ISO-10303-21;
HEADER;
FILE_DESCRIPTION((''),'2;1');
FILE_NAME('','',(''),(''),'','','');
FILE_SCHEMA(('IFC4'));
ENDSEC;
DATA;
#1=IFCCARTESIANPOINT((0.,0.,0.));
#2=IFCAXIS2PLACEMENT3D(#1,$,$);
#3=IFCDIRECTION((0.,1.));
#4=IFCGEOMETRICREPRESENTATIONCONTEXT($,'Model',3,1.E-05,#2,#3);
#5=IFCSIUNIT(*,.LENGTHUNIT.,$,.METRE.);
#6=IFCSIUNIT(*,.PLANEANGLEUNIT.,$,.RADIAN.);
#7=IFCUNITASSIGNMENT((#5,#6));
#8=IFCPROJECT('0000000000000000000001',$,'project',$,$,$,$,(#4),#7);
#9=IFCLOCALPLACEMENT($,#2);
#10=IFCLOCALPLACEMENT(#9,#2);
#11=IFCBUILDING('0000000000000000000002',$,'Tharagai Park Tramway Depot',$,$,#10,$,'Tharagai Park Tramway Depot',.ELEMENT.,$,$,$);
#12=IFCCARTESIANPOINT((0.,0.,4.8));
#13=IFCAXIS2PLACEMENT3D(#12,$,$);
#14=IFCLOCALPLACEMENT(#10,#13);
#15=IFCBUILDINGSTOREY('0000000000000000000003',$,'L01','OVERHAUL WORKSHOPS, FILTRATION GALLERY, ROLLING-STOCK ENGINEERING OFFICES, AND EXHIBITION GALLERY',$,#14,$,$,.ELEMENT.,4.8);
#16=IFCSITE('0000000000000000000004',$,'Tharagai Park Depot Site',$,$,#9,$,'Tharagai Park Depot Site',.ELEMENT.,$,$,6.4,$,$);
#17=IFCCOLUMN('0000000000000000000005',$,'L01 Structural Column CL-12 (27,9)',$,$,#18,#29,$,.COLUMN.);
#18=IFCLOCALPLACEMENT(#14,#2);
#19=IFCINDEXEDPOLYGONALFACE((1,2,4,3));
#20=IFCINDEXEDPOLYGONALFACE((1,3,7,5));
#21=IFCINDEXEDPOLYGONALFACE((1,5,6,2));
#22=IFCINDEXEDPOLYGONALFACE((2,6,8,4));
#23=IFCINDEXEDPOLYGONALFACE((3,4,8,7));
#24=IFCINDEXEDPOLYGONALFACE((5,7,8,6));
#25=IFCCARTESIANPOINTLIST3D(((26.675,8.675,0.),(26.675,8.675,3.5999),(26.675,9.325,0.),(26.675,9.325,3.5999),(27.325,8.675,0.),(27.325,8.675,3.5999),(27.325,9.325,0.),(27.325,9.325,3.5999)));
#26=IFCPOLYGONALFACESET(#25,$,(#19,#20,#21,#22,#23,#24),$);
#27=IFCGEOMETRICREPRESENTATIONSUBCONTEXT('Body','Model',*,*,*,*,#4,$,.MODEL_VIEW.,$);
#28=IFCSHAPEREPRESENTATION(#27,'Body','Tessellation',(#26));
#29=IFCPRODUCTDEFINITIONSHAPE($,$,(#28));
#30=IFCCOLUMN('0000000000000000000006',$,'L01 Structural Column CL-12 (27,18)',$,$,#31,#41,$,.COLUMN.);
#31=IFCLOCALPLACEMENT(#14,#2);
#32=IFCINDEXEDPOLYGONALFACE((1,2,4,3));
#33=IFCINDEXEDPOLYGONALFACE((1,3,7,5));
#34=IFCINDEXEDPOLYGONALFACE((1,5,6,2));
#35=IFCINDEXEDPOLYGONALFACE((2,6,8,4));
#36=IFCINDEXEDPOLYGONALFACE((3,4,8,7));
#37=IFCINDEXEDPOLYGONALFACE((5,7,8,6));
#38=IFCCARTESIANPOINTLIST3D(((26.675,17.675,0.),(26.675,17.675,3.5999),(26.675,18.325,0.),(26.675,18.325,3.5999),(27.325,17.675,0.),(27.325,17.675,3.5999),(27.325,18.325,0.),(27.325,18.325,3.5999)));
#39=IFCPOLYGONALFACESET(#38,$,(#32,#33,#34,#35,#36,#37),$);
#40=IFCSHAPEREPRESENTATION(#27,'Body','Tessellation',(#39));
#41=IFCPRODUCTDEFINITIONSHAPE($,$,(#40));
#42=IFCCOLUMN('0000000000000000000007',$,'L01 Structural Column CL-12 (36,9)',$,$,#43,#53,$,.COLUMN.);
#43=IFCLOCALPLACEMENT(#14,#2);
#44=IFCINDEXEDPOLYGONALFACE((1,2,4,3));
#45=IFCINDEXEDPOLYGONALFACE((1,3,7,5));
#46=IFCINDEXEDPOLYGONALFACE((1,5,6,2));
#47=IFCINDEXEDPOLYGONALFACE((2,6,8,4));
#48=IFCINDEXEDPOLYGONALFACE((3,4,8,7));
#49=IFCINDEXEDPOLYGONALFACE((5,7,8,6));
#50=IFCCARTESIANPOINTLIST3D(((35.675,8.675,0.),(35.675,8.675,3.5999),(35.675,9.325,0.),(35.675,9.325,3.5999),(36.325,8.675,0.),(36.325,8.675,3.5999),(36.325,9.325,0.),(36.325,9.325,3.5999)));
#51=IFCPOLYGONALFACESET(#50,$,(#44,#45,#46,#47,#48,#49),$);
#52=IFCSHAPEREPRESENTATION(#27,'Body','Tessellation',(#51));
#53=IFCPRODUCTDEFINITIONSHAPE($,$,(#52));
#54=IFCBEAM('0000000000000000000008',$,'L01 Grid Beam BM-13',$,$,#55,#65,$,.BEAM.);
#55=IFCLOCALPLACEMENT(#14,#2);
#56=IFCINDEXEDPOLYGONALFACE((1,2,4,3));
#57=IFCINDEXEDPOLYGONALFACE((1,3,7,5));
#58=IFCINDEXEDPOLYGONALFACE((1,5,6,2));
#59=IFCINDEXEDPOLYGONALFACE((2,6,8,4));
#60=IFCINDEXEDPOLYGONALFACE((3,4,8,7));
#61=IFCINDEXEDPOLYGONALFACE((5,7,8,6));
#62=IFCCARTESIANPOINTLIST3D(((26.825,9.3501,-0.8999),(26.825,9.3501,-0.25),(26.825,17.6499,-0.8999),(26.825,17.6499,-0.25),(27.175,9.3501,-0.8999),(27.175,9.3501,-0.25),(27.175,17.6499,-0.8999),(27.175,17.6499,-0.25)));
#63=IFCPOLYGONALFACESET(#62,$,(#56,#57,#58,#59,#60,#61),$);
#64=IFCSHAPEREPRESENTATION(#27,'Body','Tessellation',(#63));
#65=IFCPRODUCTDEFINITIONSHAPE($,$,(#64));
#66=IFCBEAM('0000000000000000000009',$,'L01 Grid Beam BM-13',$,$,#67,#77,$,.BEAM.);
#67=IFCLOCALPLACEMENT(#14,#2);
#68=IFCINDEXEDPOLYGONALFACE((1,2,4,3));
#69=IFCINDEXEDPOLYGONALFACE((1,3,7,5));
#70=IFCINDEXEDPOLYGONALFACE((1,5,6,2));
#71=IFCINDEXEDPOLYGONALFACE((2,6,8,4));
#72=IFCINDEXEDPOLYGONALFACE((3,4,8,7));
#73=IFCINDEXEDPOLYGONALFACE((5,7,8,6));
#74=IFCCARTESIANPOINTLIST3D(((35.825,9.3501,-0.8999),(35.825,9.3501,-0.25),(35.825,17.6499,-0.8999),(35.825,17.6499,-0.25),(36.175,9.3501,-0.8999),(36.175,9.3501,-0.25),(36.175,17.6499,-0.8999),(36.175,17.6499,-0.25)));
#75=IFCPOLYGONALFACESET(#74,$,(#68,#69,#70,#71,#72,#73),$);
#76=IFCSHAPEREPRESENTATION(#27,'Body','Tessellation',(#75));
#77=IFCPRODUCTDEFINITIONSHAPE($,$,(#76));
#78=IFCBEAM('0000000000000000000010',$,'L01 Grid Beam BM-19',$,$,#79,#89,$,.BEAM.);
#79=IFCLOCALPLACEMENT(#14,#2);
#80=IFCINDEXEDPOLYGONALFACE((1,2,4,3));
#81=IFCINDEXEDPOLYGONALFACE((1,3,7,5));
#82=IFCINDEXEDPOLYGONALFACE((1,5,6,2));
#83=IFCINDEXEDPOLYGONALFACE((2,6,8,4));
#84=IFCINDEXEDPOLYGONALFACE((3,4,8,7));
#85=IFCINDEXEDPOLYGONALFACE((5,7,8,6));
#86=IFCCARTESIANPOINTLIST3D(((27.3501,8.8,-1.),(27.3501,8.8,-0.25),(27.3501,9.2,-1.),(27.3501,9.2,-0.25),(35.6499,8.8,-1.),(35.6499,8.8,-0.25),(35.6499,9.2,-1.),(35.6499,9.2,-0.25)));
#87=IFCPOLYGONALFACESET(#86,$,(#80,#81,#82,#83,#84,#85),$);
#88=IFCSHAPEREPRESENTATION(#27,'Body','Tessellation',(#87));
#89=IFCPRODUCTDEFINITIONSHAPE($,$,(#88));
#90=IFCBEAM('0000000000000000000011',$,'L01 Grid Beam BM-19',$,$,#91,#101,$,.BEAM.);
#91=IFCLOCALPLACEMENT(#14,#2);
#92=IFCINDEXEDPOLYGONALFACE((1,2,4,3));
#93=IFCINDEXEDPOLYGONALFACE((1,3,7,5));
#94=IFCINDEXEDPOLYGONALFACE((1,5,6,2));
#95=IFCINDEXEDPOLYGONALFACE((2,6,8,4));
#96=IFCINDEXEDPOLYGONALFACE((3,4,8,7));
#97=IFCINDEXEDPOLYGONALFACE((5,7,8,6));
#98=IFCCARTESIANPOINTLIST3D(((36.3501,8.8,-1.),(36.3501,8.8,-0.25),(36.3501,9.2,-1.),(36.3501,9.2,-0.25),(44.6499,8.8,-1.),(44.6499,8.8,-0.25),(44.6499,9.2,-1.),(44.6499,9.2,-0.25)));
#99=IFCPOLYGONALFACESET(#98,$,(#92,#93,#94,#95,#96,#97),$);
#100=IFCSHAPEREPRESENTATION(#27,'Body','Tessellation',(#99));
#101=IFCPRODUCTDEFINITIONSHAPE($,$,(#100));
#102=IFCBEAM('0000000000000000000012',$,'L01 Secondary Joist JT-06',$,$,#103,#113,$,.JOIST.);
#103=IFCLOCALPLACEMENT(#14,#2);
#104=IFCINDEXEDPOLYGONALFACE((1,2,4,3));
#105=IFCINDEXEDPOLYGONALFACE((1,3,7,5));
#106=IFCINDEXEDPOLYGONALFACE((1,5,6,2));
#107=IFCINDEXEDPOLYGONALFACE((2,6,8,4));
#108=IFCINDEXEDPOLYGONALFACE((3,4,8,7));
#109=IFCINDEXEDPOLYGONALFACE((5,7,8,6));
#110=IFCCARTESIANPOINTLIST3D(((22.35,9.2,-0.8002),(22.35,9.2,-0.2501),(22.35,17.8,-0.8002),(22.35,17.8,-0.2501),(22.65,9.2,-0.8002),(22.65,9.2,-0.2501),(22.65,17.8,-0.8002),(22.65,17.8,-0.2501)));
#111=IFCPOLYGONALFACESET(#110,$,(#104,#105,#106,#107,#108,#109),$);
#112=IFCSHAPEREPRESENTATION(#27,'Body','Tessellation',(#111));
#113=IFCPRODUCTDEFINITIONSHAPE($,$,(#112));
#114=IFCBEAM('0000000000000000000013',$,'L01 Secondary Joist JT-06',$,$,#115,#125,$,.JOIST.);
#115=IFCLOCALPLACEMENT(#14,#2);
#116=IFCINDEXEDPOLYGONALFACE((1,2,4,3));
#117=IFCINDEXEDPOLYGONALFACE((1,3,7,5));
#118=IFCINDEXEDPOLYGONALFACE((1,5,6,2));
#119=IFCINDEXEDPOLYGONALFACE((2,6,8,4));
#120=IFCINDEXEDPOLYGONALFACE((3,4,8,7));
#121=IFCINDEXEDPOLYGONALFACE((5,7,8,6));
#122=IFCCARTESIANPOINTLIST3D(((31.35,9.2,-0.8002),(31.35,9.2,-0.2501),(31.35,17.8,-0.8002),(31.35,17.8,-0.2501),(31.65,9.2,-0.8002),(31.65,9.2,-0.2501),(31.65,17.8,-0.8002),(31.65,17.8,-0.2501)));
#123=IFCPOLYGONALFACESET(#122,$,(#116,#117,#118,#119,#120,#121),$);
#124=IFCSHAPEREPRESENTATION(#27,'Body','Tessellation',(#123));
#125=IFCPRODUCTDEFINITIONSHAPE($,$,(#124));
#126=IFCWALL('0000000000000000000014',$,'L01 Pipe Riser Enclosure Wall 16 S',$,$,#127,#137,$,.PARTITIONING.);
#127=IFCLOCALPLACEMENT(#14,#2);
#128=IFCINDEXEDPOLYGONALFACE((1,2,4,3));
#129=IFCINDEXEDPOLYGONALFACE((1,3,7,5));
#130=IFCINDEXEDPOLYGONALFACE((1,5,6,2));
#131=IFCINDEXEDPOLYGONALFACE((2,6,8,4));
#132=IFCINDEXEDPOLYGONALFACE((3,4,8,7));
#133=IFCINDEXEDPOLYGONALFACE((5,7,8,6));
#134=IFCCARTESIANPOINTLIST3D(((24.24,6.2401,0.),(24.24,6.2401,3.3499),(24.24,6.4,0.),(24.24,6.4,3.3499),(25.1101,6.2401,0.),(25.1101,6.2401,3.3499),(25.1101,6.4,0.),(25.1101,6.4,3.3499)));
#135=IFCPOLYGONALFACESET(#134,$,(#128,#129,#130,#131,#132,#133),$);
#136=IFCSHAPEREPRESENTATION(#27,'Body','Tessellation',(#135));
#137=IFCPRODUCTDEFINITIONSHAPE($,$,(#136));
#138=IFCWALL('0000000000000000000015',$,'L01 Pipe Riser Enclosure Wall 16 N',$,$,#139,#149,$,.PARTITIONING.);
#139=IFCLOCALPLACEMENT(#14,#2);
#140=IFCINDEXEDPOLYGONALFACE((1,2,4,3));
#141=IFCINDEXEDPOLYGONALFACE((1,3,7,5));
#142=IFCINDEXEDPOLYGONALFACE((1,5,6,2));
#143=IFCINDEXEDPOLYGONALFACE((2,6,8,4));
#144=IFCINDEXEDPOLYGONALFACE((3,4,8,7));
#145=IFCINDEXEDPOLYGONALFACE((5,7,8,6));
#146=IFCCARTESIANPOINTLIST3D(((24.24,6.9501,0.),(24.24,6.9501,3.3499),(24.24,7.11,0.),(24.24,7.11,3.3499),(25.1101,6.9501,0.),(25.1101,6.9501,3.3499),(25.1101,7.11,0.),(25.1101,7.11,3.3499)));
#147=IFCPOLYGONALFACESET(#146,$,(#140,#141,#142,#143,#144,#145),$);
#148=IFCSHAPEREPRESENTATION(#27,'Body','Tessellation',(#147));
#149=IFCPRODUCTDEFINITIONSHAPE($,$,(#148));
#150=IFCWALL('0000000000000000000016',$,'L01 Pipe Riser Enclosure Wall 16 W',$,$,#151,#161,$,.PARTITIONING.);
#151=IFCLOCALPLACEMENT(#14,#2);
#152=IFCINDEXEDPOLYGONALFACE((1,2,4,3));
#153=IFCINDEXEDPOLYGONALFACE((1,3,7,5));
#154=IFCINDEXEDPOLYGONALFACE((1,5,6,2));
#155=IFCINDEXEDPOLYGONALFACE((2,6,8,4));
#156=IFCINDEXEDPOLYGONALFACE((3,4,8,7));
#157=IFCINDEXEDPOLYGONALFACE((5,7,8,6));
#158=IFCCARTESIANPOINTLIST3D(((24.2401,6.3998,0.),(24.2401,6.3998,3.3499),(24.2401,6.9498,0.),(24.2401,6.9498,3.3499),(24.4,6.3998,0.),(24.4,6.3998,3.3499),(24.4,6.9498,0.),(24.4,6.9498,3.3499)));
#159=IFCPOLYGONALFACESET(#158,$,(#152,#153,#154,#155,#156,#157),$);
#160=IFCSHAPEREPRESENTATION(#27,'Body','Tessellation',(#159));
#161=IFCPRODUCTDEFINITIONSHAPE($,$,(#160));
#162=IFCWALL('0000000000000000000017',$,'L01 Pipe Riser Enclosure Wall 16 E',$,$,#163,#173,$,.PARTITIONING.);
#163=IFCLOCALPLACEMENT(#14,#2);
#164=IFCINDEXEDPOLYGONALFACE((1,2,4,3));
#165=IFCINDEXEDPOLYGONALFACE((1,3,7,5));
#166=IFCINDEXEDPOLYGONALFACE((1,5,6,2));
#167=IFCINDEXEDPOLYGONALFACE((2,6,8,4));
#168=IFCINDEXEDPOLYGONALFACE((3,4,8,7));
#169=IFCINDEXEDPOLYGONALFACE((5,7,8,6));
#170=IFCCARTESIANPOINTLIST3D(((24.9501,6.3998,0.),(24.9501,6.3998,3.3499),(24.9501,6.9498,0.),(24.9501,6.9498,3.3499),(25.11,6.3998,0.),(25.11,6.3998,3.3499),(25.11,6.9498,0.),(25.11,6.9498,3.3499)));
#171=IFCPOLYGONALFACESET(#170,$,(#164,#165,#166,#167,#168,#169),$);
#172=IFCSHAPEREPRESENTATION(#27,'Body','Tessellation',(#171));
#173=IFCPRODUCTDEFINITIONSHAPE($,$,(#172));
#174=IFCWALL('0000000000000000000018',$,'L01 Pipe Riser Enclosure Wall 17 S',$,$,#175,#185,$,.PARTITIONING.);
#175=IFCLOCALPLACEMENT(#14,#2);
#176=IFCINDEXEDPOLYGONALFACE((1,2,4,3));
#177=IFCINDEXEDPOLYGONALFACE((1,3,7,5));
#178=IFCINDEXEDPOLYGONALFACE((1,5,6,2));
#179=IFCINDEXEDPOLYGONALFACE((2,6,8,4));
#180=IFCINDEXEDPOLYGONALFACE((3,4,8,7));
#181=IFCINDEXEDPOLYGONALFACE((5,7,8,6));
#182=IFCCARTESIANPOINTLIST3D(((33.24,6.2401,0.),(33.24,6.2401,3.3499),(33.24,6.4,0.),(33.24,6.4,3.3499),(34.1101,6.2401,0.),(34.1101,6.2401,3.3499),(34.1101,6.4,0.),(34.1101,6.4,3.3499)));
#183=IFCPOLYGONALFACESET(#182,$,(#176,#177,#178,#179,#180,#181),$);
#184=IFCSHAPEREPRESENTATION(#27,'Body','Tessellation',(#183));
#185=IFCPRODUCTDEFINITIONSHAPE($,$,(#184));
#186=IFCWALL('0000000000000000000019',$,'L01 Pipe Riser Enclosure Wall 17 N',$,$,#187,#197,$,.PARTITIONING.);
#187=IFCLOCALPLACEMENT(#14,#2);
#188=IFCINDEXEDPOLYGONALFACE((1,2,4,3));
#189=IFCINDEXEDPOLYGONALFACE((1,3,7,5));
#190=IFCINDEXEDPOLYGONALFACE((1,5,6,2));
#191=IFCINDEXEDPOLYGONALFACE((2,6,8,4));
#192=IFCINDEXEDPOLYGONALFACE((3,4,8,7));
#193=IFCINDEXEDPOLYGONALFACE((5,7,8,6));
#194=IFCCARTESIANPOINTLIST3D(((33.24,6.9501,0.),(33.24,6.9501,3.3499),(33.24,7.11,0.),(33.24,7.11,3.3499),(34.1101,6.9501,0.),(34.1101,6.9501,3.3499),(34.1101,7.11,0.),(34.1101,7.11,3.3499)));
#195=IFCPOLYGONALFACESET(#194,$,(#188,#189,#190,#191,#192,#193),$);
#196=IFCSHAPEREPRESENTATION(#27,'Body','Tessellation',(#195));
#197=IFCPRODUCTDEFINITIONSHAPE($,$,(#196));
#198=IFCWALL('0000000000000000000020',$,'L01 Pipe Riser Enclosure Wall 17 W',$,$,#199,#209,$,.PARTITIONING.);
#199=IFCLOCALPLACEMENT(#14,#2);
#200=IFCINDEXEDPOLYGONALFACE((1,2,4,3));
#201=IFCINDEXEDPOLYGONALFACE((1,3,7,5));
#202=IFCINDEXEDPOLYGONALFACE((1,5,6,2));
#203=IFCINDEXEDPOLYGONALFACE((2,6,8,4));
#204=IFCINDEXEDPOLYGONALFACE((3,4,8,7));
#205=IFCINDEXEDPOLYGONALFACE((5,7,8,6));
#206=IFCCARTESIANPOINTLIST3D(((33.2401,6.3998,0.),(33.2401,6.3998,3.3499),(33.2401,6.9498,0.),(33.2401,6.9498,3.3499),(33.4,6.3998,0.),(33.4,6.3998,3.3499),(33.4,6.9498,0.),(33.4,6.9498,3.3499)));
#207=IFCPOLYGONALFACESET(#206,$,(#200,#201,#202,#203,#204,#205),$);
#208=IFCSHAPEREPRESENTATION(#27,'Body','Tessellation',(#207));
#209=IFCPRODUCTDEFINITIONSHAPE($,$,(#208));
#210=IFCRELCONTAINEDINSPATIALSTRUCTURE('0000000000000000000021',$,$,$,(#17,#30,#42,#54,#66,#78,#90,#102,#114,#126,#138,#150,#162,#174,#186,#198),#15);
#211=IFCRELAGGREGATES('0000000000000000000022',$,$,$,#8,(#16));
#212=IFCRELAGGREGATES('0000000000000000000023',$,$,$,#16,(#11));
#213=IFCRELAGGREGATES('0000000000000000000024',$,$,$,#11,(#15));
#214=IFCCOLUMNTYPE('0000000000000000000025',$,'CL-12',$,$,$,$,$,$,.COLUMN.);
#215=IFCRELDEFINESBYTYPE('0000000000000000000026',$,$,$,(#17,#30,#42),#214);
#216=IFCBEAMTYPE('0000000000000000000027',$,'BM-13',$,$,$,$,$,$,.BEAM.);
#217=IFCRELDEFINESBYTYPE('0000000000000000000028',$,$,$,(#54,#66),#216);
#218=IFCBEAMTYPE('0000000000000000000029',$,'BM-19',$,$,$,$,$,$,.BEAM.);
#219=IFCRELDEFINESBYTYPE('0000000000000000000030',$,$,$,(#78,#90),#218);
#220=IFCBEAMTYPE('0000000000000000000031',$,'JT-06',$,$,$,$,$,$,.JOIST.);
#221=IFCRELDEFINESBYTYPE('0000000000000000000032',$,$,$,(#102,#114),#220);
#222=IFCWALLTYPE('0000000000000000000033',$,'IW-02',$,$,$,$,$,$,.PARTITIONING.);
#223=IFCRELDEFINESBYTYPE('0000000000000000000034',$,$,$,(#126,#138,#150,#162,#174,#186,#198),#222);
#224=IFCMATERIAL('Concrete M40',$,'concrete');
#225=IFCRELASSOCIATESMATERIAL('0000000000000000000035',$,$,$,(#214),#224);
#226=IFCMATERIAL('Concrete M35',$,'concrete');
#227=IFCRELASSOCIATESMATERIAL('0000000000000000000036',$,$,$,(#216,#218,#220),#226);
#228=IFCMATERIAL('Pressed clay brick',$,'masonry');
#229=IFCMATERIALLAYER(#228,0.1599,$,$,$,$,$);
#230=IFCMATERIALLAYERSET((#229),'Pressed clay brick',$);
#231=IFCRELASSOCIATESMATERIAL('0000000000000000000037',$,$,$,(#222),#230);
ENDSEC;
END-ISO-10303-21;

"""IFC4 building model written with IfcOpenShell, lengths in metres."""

from ifc_helpers import new_model, si_unit, direction, frame, frame_2d, origin, origin_2d, place, context, subcontext, project, spatial, rectangle, extrude, material, layer, layer_set, material_profile, profile_set, type_object, element, save


model = new_model("IFC4")

# Units and contexts
model_context = context("Model", 3, precision=1e-05, world=origin(), true_north=direction((0.0, 1.0)))
body_context = subcontext(model_context, "Body", "Model", "MODEL_VIEW")
ifc_project = project(units=[si_unit("LENGTHUNIT", "METRE"), si_unit("PLANEANGLEUNIT", "RADIAN")], contexts=[model_context])

# Site, building, storey
site_placement = place(None, origin())
site = spatial("IfcSite", under=ifc_project, at=site_placement, Name="Tharagai Park Depot Site", LongName="Tharagai Park Depot Site", CompositionType="ELEMENT", RefElevation=6.4)
building_placement = place(site_placement, origin())
building = spatial("IfcBuilding", under=site, at=building_placement, Name="Tharagai Park Tramway Depot", LongName="Tharagai Park Tramway Depot", CompositionType="ELEMENT")
storey_placement = place(building_placement, frame((0.0, 0.0, 4.8)))
storey = spatial("IfcBuildingStorey", under=building, at=storey_placement, Name="L01", Description="OVERHAUL WORKSHOPS, FILTRATION GALLERY, ROLLING-STOCK ENGINEERING OFFICES, AND EXHIBITION GALLERY", CompositionType="ELEMENT", Elevation=4.8)

# Columns
ifc_material_1 = material(Name="Concrete M40", Category="concrete")
ifc_material_profile_1 = material_profile(ifc_material_1, rectangle(XDim=0.6499, YDim=0.6499, at=origin_2d()), Name="RC 650x650")
ifc_profile_set_1 = profile_set([ifc_material_profile_1], Name="Concrete M40")
column_type = type_object("IfcColumnType", Name="CL-12", PredefinedType="COLUMN", material=ifc_profile_set_1)
for number, where, z_axis, x_axis, name in (
    (1, (27.0, 9.0, 0.0), (0.0, 0.0, 1.0), (1.0, 0.0, 0.0), "L01 Structural Column CL-12 (27,9)"),
    (2, (27.0, 18.0, 0.0), (0.0, 0.0, 1.0), (1.0, 0.0, 0.0), "L01 Structural Column CL-12 (27,18)"),
    (3, (36.0, 9.0, 0.0), (0.0, 0.0, 1.0), (1.0, 0.0, 0.0), "L01 Structural Column CL-12 (36,9)"),
):
    element("IfcColumn", number, at=place(storey_placement, frame(where, z_axis=z_axis, x_axis=x_axis)), inside=storey, type_object=column_type, Name=name, PredefinedType="COLUMN", context=body_context, shape_type="SweptSolid", body=[
        extrude(rectangle(XDim=0.6499, YDim=0.6499, at=origin_2d()), origin(), (0.0, 0.0, 1.0), 3.5999),
    ])

# Beams
ifc_material_2 = material(Name="Concrete M35", Category="concrete")
ifc_material_profile_2 = material_profile(ifc_material_2, rectangle(XDim=0.3501, YDim=0.6499, at=origin_2d()), Name="RC 350x650")
ifc_profile_set_2 = profile_set([ifc_material_profile_2], Name="Concrete M35")
beam_type_1 = type_object("IfcBeamType", Name="BM-13", PredefinedType="BEAM", material=ifc_profile_set_2)
for number, where, z_axis, x_axis, name in (
    (4, (27.0, 9.3501, -0.575), (0.0, 1.0, 0.0), (-1.0, 0.0, 0.0), "L01 Grid Beam BM-13"),
    (5, (36.0, 9.3501, -0.575), (0.0, 1.0, 0.0), (-1.0, 0.0, 0.0), "L01 Grid Beam BM-13"),
):
    element("IfcBeam", number, at=place(storey_placement, frame(where, z_axis=z_axis, x_axis=x_axis)), inside=storey, type_object=beam_type_1, Name=name, PredefinedType="BEAM", context=body_context, shape_type="SweptSolid", body=[
        extrude(rectangle(XDim=0.3501, YDim=0.6499, at=origin_2d()), origin(), (0.0, 0.0, 1.0), 8.2998),
    ])
ifc_material_profile_3 = material_profile(ifc_material_2, rectangle(XDim=0.3999, YDim=0.75, at=origin_2d()), Name="RC 400x750")
ifc_profile_set_3 = profile_set([ifc_material_profile_3], Name="Concrete M35")
beam_type_2 = type_object("IfcBeamType", Name="BM-19", PredefinedType="BEAM", material=ifc_profile_set_3)
for number, where, z_axis, x_axis, name in (
    (6, (27.3501, 9.0, -0.625), (1.0, 0.0, 0.0), (0.0, 1.0, 0.0), "L01 Grid Beam BM-19"),
    (7, (36.3501, 9.0, -0.625), (1.0, 0.0, 0.0), (0.0, 1.0, 0.0), "L01 Grid Beam BM-19"),
):
    element("IfcBeam", number, at=place(storey_placement, frame(where, z_axis=z_axis, x_axis=x_axis)), inside=storey, type_object=beam_type_2, Name=name, PredefinedType="BEAM", context=body_context, shape_type="SweptSolid", body=[
        extrude(rectangle(XDim=0.3999, YDim=0.75, at=origin_2d()), origin(), (0.0, 0.0, 1.0), 8.2998),
    ])
ifc_material_profile_4 = material_profile(ifc_material_2, rectangle(XDim=0.3, YDim=0.55, at=origin_2d()), Name="RC 300x550")
ifc_profile_set_4 = profile_set([ifc_material_profile_4], Name="Concrete M35")
beam_type_3 = type_object("IfcBeamType", Name="JT-06", PredefinedType="JOIST", material=ifc_profile_set_4)
for number, where, z_axis, x_axis, name in (
    (8, (22.5, 9.2, -0.5251), (0.0, 1.0, 0.0), (-1.0, 0.0, 0.0), "L01 Secondary Joist JT-06"),
    (9, (31.5, 9.2, -0.5251), (0.0, 1.0, 0.0), (-1.0, 0.0, 0.0), "L01 Secondary Joist JT-06"),
):
    element("IfcBeam", number, at=place(storey_placement, frame(where, z_axis=z_axis, x_axis=x_axis)), inside=storey, type_object=beam_type_3, Name=name, PredefinedType="JOIST", context=body_context, shape_type="SweptSolid", body=[
        extrude(rectangle(XDim=0.3, YDim=0.55, at=origin_2d()), origin(), (0.0, 0.0, 1.0), 8.6001),
    ])

# Walls
ifc_material_3 = material(Name="Pressed clay brick", Category="masonry")
ifc_layer_1 = layer(ifc_material_3, 0.1599)
ifc_layer_set_1 = layer_set([ifc_layer_1], Name="Pressed clay brick")
wall_type_1 = type_object("IfcWallType", Name="IW-02", PredefinedType="PARTITIONING", material=ifc_layer_set_1)
for number, where, z_axis, x_axis, name in (
    (10, (24.24, 6.3201, 0.0), (0.0, 0.0, 1.0), (1.0, 0.0, 0.0), "L01 Pipe Riser Enclosure Wall 16 S"),
    (11, (24.24, 7.03, 0.0), (0.0, 0.0, 1.0), (1.0, 0.0, 0.0), "L01 Pipe Riser Enclosure Wall 16 N"),
):
    element("IfcWall", number, at=place(storey_placement, frame(where, z_axis=z_axis, x_axis=x_axis)), inside=storey, type_object=wall_type_1, Name=name, PredefinedType="PARTITIONING", context=body_context, shape_type="SweptSolid", body=[
        extrude(rectangle(XDim=0.8701, YDim=0.1599, at=frame_2d((0.4351, 0.0))), origin(), (0.0, 0.0, 1.0), 3.3499),
    ])
for number, where, z_axis, x_axis, name in (
    (12, (24.3201, 6.3999, 0.0), (0.0, 0.0, 1.0), (0.0, 1.0, 0.0), "L01 Pipe Riser Enclosure Wall 16 W"),
    (13, (25.03, 6.3999, 0.0), (0.0, 0.0, 1.0), (0.0, 1.0, 0.0), "L01 Pipe Riser Enclosure Wall 16 E"),
):
    element("IfcWall", number, at=place(storey_placement, frame(where, z_axis=z_axis, x_axis=x_axis)), inside=storey, type_object=wall_type_1, Name=name, PredefinedType="PARTITIONING", context=body_context, shape_type="SweptSolid", body=[
        extrude(rectangle(XDim=0.55, YDim=0.1599, at=frame_2d((0.2749, 0.0))), origin(), (0.0, 0.0, 1.0), 3.3499),
    ])
for number, where, z_axis, x_axis, name in (
    (14, (33.24, 6.3201, 0.0), (0.0, 0.0, 1.0), (1.0, 0.0, 0.0), "L01 Pipe Riser Enclosure Wall 17 S"),
    (15, (33.24, 7.03, 0.0), (0.0, 0.0, 1.0), (1.0, 0.0, 0.0), "L01 Pipe Riser Enclosure Wall 17 N"),
):
    element("IfcWall", number, at=place(storey_placement, frame(where, z_axis=z_axis, x_axis=x_axis)), inside=storey, type_object=wall_type_1, Name=name, PredefinedType="PARTITIONING", context=body_context, shape_type="SweptSolid", body=[
        extrude(rectangle(XDim=0.8701, YDim=0.1599, at=frame_2d((0.4351, 0.0))), origin(), (0.0, 0.0, 1.0), 3.3499),
    ])
for number, where, z_axis, x_axis, name in (
    (16, (33.3201, 6.3999, 0.0), (0.0, 0.0, 1.0), (0.0, 1.0, 0.0), "L01 Pipe Riser Enclosure Wall 17 W"),
):
    element("IfcWall", number, at=place(storey_placement, frame(where, z_axis=z_axis, x_axis=x_axis)), inside=storey, type_object=wall_type_1, Name=name, PredefinedType="PARTITIONING", context=body_context, shape_type="SweptSolid", body=[
        extrude(rectangle(XDim=0.55, YDim=0.1599, at=frame_2d((0.2749, 0.0))), origin(), (0.0, 0.0, 1.0), 3.3499),
    ])

save(model, "model.ifc")
